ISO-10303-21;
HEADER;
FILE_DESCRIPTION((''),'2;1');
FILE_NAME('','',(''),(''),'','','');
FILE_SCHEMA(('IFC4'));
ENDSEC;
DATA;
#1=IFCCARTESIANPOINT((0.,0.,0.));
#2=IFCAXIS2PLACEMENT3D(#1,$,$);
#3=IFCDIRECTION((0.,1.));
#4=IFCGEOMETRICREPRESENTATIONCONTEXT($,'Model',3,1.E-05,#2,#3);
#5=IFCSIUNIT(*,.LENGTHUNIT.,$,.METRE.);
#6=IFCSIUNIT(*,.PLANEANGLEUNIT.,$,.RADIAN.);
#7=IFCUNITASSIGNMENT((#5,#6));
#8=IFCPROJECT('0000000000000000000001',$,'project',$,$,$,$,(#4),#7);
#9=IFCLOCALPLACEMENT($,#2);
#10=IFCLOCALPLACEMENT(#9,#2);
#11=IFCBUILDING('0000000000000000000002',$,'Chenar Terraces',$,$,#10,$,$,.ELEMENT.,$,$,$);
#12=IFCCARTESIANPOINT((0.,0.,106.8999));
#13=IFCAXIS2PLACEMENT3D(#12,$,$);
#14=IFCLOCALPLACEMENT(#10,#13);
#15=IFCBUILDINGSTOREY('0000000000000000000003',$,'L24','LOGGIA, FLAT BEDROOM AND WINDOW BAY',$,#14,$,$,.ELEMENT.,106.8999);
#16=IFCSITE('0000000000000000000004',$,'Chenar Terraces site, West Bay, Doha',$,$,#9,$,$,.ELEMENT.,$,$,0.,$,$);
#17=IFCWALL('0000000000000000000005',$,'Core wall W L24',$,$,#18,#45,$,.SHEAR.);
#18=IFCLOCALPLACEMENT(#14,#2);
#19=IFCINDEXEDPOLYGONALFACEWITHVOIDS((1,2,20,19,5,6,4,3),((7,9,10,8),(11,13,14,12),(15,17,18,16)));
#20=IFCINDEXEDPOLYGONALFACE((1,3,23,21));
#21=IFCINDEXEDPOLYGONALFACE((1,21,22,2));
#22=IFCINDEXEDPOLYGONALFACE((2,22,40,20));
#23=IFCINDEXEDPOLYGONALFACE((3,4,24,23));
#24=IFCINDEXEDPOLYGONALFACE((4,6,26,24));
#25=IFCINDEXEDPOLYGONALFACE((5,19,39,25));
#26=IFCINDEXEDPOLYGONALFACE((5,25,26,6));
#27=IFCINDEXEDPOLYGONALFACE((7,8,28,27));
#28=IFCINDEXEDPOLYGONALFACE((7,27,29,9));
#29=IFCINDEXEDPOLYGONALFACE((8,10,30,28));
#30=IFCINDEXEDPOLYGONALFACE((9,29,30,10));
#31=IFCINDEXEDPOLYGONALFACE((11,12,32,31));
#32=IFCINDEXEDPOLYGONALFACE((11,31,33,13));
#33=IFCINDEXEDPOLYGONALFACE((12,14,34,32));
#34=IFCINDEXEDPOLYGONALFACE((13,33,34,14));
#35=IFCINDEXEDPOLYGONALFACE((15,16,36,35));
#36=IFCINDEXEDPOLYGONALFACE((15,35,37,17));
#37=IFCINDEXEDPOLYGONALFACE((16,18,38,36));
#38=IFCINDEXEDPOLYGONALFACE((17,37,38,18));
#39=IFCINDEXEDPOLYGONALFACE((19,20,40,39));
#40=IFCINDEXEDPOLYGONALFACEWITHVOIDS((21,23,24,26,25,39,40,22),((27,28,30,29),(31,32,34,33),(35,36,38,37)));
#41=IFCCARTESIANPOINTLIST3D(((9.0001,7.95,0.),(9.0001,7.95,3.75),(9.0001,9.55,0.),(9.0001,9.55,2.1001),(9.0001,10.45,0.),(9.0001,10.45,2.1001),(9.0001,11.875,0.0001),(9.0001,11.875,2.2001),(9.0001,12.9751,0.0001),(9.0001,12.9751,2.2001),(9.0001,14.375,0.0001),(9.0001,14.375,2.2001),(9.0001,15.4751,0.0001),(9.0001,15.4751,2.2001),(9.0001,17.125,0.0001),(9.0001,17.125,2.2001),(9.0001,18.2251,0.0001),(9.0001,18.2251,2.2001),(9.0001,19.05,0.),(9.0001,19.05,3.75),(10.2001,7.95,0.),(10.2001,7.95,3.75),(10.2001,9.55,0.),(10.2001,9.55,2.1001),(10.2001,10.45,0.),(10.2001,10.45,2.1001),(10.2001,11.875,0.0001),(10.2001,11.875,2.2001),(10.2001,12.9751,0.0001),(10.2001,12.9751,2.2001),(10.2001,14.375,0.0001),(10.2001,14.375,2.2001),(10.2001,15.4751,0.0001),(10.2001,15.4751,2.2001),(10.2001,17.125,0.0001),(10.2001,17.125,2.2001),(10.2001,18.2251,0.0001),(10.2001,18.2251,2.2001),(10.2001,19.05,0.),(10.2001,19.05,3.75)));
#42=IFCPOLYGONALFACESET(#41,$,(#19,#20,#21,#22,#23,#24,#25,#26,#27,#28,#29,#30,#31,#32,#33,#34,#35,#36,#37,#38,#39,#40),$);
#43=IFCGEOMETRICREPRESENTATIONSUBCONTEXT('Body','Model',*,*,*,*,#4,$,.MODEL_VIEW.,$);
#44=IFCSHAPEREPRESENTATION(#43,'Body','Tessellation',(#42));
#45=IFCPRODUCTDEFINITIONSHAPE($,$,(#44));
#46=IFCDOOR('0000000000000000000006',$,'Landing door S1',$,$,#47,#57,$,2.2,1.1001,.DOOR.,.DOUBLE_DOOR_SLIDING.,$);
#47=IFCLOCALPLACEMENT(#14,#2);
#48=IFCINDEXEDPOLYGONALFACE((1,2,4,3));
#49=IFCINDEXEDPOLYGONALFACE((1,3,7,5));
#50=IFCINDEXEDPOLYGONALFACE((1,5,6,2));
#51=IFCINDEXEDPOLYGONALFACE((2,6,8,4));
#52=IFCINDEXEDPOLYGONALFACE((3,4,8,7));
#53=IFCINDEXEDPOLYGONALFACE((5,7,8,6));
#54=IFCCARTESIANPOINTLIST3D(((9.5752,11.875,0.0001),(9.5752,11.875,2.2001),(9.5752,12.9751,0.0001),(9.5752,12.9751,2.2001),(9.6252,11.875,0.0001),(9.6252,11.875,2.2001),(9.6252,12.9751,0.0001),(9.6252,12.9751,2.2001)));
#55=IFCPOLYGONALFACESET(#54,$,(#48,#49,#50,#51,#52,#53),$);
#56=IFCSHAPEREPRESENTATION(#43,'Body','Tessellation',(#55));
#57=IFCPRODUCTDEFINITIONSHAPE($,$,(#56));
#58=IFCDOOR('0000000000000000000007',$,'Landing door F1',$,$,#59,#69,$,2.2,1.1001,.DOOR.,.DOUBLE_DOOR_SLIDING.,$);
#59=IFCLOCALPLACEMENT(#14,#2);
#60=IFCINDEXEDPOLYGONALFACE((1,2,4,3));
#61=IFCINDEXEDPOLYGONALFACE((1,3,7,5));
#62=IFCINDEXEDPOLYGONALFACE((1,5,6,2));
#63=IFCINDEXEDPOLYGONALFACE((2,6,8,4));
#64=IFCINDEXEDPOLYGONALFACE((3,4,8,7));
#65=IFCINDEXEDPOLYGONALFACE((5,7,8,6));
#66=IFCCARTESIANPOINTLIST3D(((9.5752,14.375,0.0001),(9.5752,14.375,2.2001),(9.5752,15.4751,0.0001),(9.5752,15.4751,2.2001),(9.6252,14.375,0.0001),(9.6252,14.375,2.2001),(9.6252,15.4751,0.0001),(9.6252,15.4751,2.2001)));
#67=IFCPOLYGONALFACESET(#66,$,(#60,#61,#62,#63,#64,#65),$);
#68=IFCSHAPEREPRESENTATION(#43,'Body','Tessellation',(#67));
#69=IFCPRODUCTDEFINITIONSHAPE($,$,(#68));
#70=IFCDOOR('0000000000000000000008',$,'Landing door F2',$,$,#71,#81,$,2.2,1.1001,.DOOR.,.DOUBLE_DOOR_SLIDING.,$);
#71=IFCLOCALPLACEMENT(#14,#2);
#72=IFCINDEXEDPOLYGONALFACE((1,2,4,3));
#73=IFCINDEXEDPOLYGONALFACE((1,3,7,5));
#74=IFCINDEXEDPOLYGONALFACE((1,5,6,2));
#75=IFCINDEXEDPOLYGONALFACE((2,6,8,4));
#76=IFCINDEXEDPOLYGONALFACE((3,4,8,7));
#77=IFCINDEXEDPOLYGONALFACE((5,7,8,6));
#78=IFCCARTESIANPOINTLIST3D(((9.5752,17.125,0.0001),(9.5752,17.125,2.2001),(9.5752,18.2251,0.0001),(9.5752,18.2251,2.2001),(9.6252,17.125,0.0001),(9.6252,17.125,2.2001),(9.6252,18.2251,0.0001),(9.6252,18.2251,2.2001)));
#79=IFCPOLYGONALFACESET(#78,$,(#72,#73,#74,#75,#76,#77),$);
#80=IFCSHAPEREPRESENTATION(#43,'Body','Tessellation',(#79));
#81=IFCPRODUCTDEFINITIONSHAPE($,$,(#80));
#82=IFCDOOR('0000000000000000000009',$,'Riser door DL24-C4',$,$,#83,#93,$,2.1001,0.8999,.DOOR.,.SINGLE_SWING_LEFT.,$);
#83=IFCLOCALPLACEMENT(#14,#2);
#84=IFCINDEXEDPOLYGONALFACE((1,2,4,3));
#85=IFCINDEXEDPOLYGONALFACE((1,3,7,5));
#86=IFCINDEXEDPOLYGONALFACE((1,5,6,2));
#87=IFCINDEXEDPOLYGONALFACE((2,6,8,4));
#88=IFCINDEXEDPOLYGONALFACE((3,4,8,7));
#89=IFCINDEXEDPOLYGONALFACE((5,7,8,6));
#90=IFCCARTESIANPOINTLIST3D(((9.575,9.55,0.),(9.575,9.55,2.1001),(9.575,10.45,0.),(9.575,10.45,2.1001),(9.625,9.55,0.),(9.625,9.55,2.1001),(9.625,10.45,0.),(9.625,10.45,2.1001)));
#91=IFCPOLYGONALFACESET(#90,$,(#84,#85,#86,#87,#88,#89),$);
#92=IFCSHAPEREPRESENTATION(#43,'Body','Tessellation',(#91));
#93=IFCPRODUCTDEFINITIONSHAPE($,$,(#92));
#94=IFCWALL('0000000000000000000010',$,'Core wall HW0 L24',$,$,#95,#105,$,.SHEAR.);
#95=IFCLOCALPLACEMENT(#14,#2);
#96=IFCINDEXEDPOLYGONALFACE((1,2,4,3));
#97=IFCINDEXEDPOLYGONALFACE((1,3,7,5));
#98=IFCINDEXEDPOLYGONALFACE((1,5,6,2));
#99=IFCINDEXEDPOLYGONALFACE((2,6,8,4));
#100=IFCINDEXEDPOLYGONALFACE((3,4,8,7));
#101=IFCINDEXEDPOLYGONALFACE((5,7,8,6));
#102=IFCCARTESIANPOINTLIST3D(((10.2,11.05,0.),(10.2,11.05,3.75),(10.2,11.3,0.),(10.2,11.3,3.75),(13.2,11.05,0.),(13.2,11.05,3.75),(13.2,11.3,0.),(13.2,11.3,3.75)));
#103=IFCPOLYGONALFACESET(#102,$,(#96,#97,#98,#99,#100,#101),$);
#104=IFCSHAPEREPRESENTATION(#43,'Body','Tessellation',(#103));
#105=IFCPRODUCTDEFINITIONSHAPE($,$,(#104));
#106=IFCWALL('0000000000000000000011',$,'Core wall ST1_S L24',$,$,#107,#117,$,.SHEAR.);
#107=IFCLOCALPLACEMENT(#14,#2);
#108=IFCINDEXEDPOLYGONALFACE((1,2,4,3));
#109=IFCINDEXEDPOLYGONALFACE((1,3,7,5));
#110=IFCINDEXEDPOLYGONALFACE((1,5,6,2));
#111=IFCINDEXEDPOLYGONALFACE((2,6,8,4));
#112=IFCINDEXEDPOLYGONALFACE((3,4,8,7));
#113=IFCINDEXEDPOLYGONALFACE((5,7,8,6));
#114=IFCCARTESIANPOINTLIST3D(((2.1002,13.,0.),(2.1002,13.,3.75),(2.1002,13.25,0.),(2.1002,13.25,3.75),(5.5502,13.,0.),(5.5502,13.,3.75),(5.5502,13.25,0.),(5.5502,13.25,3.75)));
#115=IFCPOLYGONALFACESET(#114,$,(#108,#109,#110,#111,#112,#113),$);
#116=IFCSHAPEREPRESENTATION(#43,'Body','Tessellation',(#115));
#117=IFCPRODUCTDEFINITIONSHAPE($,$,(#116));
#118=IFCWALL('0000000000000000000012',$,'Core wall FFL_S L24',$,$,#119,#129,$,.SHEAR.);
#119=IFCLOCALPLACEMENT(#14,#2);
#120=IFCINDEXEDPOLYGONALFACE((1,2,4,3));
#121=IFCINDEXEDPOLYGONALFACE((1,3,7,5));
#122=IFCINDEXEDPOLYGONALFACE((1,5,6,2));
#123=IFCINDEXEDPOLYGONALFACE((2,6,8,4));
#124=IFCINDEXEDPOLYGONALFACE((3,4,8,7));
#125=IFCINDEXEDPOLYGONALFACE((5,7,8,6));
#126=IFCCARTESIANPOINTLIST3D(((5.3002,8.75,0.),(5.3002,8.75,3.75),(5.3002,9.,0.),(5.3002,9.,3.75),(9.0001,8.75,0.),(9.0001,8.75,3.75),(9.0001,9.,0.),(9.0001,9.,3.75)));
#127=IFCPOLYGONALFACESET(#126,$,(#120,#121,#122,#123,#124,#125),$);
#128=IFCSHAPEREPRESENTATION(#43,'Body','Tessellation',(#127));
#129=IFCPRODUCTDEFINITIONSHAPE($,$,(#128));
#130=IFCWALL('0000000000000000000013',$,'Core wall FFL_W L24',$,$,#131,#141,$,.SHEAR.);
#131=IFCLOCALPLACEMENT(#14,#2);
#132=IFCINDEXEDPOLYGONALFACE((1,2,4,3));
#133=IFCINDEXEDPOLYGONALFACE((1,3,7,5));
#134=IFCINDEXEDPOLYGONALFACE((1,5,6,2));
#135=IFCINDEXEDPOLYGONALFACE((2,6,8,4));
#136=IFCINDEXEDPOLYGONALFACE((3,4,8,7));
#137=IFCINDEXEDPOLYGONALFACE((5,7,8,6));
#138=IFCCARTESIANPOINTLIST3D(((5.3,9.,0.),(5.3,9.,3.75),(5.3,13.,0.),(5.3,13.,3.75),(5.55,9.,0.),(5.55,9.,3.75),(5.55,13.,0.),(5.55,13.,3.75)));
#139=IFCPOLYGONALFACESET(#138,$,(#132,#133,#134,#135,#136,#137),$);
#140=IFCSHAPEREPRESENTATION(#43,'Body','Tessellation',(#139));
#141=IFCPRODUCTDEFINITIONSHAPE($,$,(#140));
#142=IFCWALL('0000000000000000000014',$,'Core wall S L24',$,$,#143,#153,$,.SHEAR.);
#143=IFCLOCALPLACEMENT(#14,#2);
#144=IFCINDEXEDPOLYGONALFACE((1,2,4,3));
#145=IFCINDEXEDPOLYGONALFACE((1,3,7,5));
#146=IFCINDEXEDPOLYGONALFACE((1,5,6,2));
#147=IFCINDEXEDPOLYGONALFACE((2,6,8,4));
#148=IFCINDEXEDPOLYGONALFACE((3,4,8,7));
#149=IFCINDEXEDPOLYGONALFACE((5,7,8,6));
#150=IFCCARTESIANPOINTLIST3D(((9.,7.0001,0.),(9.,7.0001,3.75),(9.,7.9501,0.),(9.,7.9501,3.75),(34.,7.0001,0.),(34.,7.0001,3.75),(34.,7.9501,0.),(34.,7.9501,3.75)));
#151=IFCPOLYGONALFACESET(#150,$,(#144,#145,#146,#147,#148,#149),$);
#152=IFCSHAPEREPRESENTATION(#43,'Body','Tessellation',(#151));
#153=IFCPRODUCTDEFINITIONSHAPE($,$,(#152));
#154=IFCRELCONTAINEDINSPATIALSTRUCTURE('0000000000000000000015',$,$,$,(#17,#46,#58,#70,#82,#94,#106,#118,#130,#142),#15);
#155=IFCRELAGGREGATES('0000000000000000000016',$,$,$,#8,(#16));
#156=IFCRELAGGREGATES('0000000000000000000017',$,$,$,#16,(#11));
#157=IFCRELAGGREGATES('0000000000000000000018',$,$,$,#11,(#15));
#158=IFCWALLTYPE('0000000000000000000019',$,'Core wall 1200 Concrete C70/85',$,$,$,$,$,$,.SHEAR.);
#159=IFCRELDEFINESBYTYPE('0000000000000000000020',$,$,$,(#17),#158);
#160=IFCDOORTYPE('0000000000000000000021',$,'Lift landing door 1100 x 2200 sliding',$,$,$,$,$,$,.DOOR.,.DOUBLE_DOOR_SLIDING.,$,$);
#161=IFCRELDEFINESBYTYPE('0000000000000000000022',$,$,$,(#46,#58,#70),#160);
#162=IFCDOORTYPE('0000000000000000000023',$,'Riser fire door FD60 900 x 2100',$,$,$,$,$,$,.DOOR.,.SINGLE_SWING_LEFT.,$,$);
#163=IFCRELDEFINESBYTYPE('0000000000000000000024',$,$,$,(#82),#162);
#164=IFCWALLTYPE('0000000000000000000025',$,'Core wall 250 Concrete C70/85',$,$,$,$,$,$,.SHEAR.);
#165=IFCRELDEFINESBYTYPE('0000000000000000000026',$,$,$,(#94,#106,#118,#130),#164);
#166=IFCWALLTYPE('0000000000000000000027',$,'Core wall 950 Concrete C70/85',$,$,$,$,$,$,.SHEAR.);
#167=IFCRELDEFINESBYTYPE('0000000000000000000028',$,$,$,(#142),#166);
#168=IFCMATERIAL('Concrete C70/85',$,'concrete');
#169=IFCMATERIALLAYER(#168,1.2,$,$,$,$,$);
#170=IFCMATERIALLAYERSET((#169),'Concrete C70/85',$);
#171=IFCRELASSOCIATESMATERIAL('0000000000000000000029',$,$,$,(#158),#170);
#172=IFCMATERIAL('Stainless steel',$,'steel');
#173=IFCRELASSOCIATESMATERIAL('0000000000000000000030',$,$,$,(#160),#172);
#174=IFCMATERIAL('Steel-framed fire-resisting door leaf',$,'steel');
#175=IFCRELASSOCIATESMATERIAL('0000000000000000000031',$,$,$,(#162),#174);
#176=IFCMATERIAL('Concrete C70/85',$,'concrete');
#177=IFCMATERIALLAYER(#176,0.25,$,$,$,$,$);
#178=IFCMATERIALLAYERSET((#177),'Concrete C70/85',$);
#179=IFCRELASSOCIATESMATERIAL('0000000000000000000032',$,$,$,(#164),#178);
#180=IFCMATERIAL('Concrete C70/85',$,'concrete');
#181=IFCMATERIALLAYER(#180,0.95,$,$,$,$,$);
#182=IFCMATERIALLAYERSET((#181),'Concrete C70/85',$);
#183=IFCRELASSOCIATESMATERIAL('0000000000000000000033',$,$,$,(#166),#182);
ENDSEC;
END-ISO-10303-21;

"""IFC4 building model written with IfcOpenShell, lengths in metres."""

from ifc_helpers import new_model, si_unit, direction, frame, frame_2d, origin, place, context, subcontext, project, spatial, rectangle, extrude, material, layer, layer_set, type_object, element, fill, save


model = new_model("IFC4")

# Units and contexts
model_context = context("Model", 3, precision=1e-05, world=origin(), true_north=direction((0.0, 1.0)))
body_context = subcontext(model_context, "Body", "Model", "MODEL_VIEW")
ifc_project = project(units=[si_unit("LENGTHUNIT", "METRE"), si_unit("PLANEANGLEUNIT", "RADIAN")], contexts=[model_context])

# Site, building, storey
site_placement = place(None, origin())
site = spatial("IfcSite", under=ifc_project, at=site_placement, Name="Chenar Terraces site, West Bay, Doha", CompositionType="ELEMENT", RefElevation=0.0)
building_placement = place(site_placement, origin())
building = spatial("IfcBuilding", under=site, at=building_placement, Name="Chenar Terraces", CompositionType="ELEMENT")
storey_placement = place(building_placement, frame((0.0, 0.0, 106.8999)))
storey = spatial("IfcBuildingStorey", under=building, at=storey_placement, Name="L24", Description="LOGGIA, FLAT BEDROOM AND WINDOW BAY", CompositionType="ELEMENT", Elevation=106.8999)

# Wall, openings, doors
ifc_material_1 = material(Name="Concrete C70/85", Category="concrete")
ifc_layer_1 = layer(ifc_material_1, 1.2)
ifc_layer_set_1 = layer_set([ifc_layer_1], Name="Concrete C70/85")
wall_type_1 = type_object("IfcWallType", Name="Core wall 1200 Concrete C70/85", PredefinedType="SHEAR", material=ifc_layer_set_1)
wall_1_placement = place(storey_placement, frame((9.6001, 7.95, 0.0), z_axis=(0.0, 0.0, 1.0), x_axis=(0.0, 1.0, 0.0)))
wall_1 = element("IfcWall", 1, at=wall_1_placement, inside=storey, type_object=wall_type_1, Name="Core wall W L24", PredefinedType="SHEAR", context=body_context, shape_type="SweptSolid", body=[
    extrude(rectangle(XDim=11.1001, YDim=1.2, at=frame_2d((5.55, 0.0))), origin(), (0.0, 0.0, 1.0), 3.75),
])
opening_1_placement = place(wall_1_placement, frame((3.925, 0.0, 0.0)))
opening_1 = element("IfcOpeningElement", 2, at=opening_1_placement, cuts=wall_1, PredefinedType="OPENING", context=body_context, shape_type="SweptSolid", body=[
    extrude(rectangle(XDim=1.1001, YDim=2.2, at=frame_2d((0.55, 1.1001))), frame((0.0, 0.6099, 0.0), z_axis=(0.0, -1.0, 0.0), x_axis=(1.0, 0.0, 0.0)), (0.0, 0.0, 1.0), 1.22),
])
opening_2_placement = place(wall_1_placement, frame((6.425, 0.0, 0.0)))
opening_2 = element("IfcOpeningElement", 3, at=opening_2_placement, cuts=wall_1, PredefinedType="OPENING", context=body_context, shape_type="SweptSolid", body=[
    extrude(rectangle(XDim=1.1001, YDim=2.2, at=frame_2d((0.55, 1.1001))), frame((0.0, 0.6099, 0.0), z_axis=(0.0, -1.0, 0.0), x_axis=(1.0, 0.0, 0.0)), (0.0, 0.0, 1.0), 1.22),
])
opening_3_placement = place(wall_1_placement, frame((9.175, 0.0, 0.0)))
opening_3 = element("IfcOpeningElement", 4, at=opening_3_placement, cuts=wall_1, PredefinedType="OPENING", context=body_context, shape_type="SweptSolid", body=[
    extrude(rectangle(XDim=1.1001, YDim=2.2, at=frame_2d((0.55, 1.1001))), frame((0.0, 0.6099, 0.0), z_axis=(0.0, -1.0, 0.0), x_axis=(1.0, 0.0, 0.0)), (0.0, 0.0, 1.0), 1.22),
])
opening_4_placement = place(wall_1_placement, frame((1.6001, 0.0, 0.0)))
opening_4 = element("IfcOpeningElement", 5, at=opening_4_placement, cuts=wall_1, PredefinedType="OPENING", context=body_context, shape_type="SweptSolid", body=[
    extrude(rectangle(XDim=0.8999, YDim=2.1001, at=frame_2d((0.45, 1.05))), frame((0.0, 0.6099, 0.0), z_axis=(0.0, -1.0, 0.0), x_axis=(1.0, 0.0, 0.0)), (0.0, 0.0, 1.0), 1.22),
])
ifc_material_2 = material(Name="Stainless steel", Category="steel")
door_type_1 = type_object("IfcDoorType", Name="Lift landing door 1100 x 2200 sliding", OperationType="DOUBLE_DOOR_SLIDING", PredefinedType="DOOR", material=ifc_material_2)
door_1_placement = place(opening_1_placement, origin())
door_1 = element("IfcDoor", 6, at=door_1_placement, inside=storey, type_object=door_type_1, Name="Landing door S1", OperationType="DOUBLE_DOOR_SLIDING", OverallHeight=2.2, OverallWidth=1.1001, PredefinedType="DOOR", context=body_context, shape_type="SweptSolid", body=[
    extrude(rectangle(XDim=1.1001, YDim=2.2, at=frame_2d((0.55, 1.1001))), frame((0.0, 0.0249, 0.0), z_axis=(0.0, -1.0, 0.0), x_axis=(1.0, 0.0, 0.0)), (0.0, 0.0, 1.0), 0.05),
])
fill(opening_1, door_1)
door_2_placement = place(opening_2_placement, origin())
door_2 = element("IfcDoor", 7, at=door_2_placement, inside=storey, type_object=door_type_1, Name="Landing door F1", OperationType="DOUBLE_DOOR_SLIDING", OverallHeight=2.2, OverallWidth=1.1001, PredefinedType="DOOR", context=body_context, shape_type="SweptSolid", body=[
    extrude(rectangle(XDim=1.1001, YDim=2.2, at=frame_2d((0.55, 1.1001))), frame((0.0, 0.0249, 0.0), z_axis=(0.0, -1.0, 0.0), x_axis=(1.0, 0.0, 0.0)), (0.0, 0.0, 1.0), 0.05),
])
fill(opening_2, door_2)
door_3_placement = place(opening_3_placement, origin())
door_3 = element("IfcDoor", 8, at=door_3_placement, inside=storey, type_object=door_type_1, Name="Landing door F2", OperationType="DOUBLE_DOOR_SLIDING", OverallHeight=2.2, OverallWidth=1.1001, PredefinedType="DOOR", context=body_context, shape_type="SweptSolid", body=[
    extrude(rectangle(XDim=1.1001, YDim=2.2, at=frame_2d((0.55, 1.1001))), frame((0.0, 0.0249, 0.0), z_axis=(0.0, -1.0, 0.0), x_axis=(1.0, 0.0, 0.0)), (0.0, 0.0, 1.0), 0.05),
])
fill(opening_3, door_3)
ifc_material_3 = material(Name="Steel-framed fire-resisting door leaf", Category="steel")
door_type_2 = type_object("IfcDoorType", Name="Riser fire door FD60 900 x 2100", OperationType="SINGLE_SWING_LEFT", PredefinedType="DOOR", material=ifc_material_3)
door_4_placement = place(opening_4_placement, frame((0.8999, 0.0, 0.0), z_axis=(0.0, 0.0, 1.0), x_axis=(-1.0, 0.0, 0.0)))
door_4 = element("IfcDoor", 9, at=door_4_placement, inside=storey, type_object=door_type_2, Name="Riser door DL24-C4", OperationType="SINGLE_SWING_LEFT", OverallHeight=2.1001, OverallWidth=0.8999, PredefinedType="DOOR", context=body_context, shape_type="SweptSolid", body=[
    extrude(rectangle(XDim=0.8999, YDim=2.1001, at=frame_2d((0.45, 1.05))), frame((0.0, 0.0249, 0.0), z_axis=(0.0, -1.0, 0.0), x_axis=(1.0, 0.0, 0.0)), (0.0, 0.0, 1.0), 0.05),
])
fill(opening_4, door_4)

# Walls
ifc_material_4 = material(Name="Concrete C70/85", Category="concrete")
ifc_layer_2 = layer(ifc_material_4, 0.25)
ifc_layer_set_2 = layer_set([ifc_layer_2], Name="Concrete C70/85")
wall_type_2 = type_object("IfcWallType", Name="Core wall 250 Concrete C70/85", PredefinedType="SHEAR", material=ifc_layer_set_2)
wall_2_placement = place(storey_placement, frame((10.2, 11.175, 0.0), z_axis=(0.0, 0.0, 1.0), x_axis=(1.0, 0.0, 0.0)))
element("IfcWall", 10, at=wall_2_placement, inside=storey, type_object=wall_type_2, Name="Core wall HW0 L24", PredefinedType="SHEAR", context=body_context, shape_type="SweptSolid", body=[
    extrude(rectangle(XDim=3.0, YDim=0.25, at=frame_2d((1.5, 0.0))), origin(), (0.0, 0.0, 1.0), 3.75),
])
wall_3_placement = place(storey_placement, frame((2.1001, 13.125, 0.0), z_axis=(0.0, 0.0, 1.0), x_axis=(1.0, 0.0, 0.0)))
element("IfcWall", 11, at=wall_3_placement, inside=storey, type_object=wall_type_2, Name="Core wall ST1_S L24", PredefinedType="SHEAR", context=body_context, shape_type="SweptSolid", body=[
    extrude(rectangle(XDim=3.45, YDim=0.25, at=frame_2d((1.7251, 0.0))), origin(), (0.0, 0.0, 1.0), 3.75),
])
wall_4_placement = place(storey_placement, frame((5.3, 8.875, 0.0), z_axis=(0.0, 0.0, 1.0), x_axis=(1.0, 0.0, 0.0)))
element("IfcWall", 12, at=wall_4_placement, inside=storey, type_object=wall_type_2, Name="Core wall FFL_S L24", PredefinedType="SHEAR", context=body_context, shape_type="SweptSolid", body=[
    extrude(rectangle(XDim=3.7, YDim=0.25, at=frame_2d((1.8501, 0.0))), origin(), (0.0, 0.0, 1.0), 3.75),
])
wall_5_placement = place(storey_placement, frame((5.425, 9.0, 0.0), z_axis=(0.0, 0.0, 1.0), x_axis=(0.0, 1.0, 0.0)))
element("IfcWall", 13, at=wall_5_placement, inside=storey, type_object=wall_type_2, Name="Core wall FFL_W L24", PredefinedType="SHEAR", context=body_context, shape_type="SweptSolid", body=[
    extrude(rectangle(XDim=4.0, YDim=0.25, at=frame_2d((2.0, 0.0))), origin(), (0.0, 0.0, 1.0), 3.75),
])
ifc_material_5 = material(Name="Concrete C70/85", Category="concrete")
ifc_layer_3 = layer(ifc_material_5, 0.95)
ifc_layer_set_3 = layer_set([ifc_layer_3], Name="Concrete C70/85")
wall_type_3 = type_object("IfcWallType", Name="Core wall 950 Concrete C70/85", PredefinedType="SHEAR", material=ifc_layer_set_3)
wall_6_placement = place(storey_placement, frame((9.0, 7.4751, 0.0), z_axis=(0.0, 0.0, 1.0), x_axis=(1.0, 0.0, 0.0)))
element("IfcWall", 14, at=wall_6_placement, inside=storey, type_object=wall_type_3, Name="Core wall S L24", PredefinedType="SHEAR", context=body_context, shape_type="SweptSolid", body=[
    extrude(rectangle(XDim=25.0, YDim=0.95, at=frame_2d((12.5, 0.0))), origin(), (0.0, 0.0, 1.0), 3.75),
])

save(model, "model.ifc")
